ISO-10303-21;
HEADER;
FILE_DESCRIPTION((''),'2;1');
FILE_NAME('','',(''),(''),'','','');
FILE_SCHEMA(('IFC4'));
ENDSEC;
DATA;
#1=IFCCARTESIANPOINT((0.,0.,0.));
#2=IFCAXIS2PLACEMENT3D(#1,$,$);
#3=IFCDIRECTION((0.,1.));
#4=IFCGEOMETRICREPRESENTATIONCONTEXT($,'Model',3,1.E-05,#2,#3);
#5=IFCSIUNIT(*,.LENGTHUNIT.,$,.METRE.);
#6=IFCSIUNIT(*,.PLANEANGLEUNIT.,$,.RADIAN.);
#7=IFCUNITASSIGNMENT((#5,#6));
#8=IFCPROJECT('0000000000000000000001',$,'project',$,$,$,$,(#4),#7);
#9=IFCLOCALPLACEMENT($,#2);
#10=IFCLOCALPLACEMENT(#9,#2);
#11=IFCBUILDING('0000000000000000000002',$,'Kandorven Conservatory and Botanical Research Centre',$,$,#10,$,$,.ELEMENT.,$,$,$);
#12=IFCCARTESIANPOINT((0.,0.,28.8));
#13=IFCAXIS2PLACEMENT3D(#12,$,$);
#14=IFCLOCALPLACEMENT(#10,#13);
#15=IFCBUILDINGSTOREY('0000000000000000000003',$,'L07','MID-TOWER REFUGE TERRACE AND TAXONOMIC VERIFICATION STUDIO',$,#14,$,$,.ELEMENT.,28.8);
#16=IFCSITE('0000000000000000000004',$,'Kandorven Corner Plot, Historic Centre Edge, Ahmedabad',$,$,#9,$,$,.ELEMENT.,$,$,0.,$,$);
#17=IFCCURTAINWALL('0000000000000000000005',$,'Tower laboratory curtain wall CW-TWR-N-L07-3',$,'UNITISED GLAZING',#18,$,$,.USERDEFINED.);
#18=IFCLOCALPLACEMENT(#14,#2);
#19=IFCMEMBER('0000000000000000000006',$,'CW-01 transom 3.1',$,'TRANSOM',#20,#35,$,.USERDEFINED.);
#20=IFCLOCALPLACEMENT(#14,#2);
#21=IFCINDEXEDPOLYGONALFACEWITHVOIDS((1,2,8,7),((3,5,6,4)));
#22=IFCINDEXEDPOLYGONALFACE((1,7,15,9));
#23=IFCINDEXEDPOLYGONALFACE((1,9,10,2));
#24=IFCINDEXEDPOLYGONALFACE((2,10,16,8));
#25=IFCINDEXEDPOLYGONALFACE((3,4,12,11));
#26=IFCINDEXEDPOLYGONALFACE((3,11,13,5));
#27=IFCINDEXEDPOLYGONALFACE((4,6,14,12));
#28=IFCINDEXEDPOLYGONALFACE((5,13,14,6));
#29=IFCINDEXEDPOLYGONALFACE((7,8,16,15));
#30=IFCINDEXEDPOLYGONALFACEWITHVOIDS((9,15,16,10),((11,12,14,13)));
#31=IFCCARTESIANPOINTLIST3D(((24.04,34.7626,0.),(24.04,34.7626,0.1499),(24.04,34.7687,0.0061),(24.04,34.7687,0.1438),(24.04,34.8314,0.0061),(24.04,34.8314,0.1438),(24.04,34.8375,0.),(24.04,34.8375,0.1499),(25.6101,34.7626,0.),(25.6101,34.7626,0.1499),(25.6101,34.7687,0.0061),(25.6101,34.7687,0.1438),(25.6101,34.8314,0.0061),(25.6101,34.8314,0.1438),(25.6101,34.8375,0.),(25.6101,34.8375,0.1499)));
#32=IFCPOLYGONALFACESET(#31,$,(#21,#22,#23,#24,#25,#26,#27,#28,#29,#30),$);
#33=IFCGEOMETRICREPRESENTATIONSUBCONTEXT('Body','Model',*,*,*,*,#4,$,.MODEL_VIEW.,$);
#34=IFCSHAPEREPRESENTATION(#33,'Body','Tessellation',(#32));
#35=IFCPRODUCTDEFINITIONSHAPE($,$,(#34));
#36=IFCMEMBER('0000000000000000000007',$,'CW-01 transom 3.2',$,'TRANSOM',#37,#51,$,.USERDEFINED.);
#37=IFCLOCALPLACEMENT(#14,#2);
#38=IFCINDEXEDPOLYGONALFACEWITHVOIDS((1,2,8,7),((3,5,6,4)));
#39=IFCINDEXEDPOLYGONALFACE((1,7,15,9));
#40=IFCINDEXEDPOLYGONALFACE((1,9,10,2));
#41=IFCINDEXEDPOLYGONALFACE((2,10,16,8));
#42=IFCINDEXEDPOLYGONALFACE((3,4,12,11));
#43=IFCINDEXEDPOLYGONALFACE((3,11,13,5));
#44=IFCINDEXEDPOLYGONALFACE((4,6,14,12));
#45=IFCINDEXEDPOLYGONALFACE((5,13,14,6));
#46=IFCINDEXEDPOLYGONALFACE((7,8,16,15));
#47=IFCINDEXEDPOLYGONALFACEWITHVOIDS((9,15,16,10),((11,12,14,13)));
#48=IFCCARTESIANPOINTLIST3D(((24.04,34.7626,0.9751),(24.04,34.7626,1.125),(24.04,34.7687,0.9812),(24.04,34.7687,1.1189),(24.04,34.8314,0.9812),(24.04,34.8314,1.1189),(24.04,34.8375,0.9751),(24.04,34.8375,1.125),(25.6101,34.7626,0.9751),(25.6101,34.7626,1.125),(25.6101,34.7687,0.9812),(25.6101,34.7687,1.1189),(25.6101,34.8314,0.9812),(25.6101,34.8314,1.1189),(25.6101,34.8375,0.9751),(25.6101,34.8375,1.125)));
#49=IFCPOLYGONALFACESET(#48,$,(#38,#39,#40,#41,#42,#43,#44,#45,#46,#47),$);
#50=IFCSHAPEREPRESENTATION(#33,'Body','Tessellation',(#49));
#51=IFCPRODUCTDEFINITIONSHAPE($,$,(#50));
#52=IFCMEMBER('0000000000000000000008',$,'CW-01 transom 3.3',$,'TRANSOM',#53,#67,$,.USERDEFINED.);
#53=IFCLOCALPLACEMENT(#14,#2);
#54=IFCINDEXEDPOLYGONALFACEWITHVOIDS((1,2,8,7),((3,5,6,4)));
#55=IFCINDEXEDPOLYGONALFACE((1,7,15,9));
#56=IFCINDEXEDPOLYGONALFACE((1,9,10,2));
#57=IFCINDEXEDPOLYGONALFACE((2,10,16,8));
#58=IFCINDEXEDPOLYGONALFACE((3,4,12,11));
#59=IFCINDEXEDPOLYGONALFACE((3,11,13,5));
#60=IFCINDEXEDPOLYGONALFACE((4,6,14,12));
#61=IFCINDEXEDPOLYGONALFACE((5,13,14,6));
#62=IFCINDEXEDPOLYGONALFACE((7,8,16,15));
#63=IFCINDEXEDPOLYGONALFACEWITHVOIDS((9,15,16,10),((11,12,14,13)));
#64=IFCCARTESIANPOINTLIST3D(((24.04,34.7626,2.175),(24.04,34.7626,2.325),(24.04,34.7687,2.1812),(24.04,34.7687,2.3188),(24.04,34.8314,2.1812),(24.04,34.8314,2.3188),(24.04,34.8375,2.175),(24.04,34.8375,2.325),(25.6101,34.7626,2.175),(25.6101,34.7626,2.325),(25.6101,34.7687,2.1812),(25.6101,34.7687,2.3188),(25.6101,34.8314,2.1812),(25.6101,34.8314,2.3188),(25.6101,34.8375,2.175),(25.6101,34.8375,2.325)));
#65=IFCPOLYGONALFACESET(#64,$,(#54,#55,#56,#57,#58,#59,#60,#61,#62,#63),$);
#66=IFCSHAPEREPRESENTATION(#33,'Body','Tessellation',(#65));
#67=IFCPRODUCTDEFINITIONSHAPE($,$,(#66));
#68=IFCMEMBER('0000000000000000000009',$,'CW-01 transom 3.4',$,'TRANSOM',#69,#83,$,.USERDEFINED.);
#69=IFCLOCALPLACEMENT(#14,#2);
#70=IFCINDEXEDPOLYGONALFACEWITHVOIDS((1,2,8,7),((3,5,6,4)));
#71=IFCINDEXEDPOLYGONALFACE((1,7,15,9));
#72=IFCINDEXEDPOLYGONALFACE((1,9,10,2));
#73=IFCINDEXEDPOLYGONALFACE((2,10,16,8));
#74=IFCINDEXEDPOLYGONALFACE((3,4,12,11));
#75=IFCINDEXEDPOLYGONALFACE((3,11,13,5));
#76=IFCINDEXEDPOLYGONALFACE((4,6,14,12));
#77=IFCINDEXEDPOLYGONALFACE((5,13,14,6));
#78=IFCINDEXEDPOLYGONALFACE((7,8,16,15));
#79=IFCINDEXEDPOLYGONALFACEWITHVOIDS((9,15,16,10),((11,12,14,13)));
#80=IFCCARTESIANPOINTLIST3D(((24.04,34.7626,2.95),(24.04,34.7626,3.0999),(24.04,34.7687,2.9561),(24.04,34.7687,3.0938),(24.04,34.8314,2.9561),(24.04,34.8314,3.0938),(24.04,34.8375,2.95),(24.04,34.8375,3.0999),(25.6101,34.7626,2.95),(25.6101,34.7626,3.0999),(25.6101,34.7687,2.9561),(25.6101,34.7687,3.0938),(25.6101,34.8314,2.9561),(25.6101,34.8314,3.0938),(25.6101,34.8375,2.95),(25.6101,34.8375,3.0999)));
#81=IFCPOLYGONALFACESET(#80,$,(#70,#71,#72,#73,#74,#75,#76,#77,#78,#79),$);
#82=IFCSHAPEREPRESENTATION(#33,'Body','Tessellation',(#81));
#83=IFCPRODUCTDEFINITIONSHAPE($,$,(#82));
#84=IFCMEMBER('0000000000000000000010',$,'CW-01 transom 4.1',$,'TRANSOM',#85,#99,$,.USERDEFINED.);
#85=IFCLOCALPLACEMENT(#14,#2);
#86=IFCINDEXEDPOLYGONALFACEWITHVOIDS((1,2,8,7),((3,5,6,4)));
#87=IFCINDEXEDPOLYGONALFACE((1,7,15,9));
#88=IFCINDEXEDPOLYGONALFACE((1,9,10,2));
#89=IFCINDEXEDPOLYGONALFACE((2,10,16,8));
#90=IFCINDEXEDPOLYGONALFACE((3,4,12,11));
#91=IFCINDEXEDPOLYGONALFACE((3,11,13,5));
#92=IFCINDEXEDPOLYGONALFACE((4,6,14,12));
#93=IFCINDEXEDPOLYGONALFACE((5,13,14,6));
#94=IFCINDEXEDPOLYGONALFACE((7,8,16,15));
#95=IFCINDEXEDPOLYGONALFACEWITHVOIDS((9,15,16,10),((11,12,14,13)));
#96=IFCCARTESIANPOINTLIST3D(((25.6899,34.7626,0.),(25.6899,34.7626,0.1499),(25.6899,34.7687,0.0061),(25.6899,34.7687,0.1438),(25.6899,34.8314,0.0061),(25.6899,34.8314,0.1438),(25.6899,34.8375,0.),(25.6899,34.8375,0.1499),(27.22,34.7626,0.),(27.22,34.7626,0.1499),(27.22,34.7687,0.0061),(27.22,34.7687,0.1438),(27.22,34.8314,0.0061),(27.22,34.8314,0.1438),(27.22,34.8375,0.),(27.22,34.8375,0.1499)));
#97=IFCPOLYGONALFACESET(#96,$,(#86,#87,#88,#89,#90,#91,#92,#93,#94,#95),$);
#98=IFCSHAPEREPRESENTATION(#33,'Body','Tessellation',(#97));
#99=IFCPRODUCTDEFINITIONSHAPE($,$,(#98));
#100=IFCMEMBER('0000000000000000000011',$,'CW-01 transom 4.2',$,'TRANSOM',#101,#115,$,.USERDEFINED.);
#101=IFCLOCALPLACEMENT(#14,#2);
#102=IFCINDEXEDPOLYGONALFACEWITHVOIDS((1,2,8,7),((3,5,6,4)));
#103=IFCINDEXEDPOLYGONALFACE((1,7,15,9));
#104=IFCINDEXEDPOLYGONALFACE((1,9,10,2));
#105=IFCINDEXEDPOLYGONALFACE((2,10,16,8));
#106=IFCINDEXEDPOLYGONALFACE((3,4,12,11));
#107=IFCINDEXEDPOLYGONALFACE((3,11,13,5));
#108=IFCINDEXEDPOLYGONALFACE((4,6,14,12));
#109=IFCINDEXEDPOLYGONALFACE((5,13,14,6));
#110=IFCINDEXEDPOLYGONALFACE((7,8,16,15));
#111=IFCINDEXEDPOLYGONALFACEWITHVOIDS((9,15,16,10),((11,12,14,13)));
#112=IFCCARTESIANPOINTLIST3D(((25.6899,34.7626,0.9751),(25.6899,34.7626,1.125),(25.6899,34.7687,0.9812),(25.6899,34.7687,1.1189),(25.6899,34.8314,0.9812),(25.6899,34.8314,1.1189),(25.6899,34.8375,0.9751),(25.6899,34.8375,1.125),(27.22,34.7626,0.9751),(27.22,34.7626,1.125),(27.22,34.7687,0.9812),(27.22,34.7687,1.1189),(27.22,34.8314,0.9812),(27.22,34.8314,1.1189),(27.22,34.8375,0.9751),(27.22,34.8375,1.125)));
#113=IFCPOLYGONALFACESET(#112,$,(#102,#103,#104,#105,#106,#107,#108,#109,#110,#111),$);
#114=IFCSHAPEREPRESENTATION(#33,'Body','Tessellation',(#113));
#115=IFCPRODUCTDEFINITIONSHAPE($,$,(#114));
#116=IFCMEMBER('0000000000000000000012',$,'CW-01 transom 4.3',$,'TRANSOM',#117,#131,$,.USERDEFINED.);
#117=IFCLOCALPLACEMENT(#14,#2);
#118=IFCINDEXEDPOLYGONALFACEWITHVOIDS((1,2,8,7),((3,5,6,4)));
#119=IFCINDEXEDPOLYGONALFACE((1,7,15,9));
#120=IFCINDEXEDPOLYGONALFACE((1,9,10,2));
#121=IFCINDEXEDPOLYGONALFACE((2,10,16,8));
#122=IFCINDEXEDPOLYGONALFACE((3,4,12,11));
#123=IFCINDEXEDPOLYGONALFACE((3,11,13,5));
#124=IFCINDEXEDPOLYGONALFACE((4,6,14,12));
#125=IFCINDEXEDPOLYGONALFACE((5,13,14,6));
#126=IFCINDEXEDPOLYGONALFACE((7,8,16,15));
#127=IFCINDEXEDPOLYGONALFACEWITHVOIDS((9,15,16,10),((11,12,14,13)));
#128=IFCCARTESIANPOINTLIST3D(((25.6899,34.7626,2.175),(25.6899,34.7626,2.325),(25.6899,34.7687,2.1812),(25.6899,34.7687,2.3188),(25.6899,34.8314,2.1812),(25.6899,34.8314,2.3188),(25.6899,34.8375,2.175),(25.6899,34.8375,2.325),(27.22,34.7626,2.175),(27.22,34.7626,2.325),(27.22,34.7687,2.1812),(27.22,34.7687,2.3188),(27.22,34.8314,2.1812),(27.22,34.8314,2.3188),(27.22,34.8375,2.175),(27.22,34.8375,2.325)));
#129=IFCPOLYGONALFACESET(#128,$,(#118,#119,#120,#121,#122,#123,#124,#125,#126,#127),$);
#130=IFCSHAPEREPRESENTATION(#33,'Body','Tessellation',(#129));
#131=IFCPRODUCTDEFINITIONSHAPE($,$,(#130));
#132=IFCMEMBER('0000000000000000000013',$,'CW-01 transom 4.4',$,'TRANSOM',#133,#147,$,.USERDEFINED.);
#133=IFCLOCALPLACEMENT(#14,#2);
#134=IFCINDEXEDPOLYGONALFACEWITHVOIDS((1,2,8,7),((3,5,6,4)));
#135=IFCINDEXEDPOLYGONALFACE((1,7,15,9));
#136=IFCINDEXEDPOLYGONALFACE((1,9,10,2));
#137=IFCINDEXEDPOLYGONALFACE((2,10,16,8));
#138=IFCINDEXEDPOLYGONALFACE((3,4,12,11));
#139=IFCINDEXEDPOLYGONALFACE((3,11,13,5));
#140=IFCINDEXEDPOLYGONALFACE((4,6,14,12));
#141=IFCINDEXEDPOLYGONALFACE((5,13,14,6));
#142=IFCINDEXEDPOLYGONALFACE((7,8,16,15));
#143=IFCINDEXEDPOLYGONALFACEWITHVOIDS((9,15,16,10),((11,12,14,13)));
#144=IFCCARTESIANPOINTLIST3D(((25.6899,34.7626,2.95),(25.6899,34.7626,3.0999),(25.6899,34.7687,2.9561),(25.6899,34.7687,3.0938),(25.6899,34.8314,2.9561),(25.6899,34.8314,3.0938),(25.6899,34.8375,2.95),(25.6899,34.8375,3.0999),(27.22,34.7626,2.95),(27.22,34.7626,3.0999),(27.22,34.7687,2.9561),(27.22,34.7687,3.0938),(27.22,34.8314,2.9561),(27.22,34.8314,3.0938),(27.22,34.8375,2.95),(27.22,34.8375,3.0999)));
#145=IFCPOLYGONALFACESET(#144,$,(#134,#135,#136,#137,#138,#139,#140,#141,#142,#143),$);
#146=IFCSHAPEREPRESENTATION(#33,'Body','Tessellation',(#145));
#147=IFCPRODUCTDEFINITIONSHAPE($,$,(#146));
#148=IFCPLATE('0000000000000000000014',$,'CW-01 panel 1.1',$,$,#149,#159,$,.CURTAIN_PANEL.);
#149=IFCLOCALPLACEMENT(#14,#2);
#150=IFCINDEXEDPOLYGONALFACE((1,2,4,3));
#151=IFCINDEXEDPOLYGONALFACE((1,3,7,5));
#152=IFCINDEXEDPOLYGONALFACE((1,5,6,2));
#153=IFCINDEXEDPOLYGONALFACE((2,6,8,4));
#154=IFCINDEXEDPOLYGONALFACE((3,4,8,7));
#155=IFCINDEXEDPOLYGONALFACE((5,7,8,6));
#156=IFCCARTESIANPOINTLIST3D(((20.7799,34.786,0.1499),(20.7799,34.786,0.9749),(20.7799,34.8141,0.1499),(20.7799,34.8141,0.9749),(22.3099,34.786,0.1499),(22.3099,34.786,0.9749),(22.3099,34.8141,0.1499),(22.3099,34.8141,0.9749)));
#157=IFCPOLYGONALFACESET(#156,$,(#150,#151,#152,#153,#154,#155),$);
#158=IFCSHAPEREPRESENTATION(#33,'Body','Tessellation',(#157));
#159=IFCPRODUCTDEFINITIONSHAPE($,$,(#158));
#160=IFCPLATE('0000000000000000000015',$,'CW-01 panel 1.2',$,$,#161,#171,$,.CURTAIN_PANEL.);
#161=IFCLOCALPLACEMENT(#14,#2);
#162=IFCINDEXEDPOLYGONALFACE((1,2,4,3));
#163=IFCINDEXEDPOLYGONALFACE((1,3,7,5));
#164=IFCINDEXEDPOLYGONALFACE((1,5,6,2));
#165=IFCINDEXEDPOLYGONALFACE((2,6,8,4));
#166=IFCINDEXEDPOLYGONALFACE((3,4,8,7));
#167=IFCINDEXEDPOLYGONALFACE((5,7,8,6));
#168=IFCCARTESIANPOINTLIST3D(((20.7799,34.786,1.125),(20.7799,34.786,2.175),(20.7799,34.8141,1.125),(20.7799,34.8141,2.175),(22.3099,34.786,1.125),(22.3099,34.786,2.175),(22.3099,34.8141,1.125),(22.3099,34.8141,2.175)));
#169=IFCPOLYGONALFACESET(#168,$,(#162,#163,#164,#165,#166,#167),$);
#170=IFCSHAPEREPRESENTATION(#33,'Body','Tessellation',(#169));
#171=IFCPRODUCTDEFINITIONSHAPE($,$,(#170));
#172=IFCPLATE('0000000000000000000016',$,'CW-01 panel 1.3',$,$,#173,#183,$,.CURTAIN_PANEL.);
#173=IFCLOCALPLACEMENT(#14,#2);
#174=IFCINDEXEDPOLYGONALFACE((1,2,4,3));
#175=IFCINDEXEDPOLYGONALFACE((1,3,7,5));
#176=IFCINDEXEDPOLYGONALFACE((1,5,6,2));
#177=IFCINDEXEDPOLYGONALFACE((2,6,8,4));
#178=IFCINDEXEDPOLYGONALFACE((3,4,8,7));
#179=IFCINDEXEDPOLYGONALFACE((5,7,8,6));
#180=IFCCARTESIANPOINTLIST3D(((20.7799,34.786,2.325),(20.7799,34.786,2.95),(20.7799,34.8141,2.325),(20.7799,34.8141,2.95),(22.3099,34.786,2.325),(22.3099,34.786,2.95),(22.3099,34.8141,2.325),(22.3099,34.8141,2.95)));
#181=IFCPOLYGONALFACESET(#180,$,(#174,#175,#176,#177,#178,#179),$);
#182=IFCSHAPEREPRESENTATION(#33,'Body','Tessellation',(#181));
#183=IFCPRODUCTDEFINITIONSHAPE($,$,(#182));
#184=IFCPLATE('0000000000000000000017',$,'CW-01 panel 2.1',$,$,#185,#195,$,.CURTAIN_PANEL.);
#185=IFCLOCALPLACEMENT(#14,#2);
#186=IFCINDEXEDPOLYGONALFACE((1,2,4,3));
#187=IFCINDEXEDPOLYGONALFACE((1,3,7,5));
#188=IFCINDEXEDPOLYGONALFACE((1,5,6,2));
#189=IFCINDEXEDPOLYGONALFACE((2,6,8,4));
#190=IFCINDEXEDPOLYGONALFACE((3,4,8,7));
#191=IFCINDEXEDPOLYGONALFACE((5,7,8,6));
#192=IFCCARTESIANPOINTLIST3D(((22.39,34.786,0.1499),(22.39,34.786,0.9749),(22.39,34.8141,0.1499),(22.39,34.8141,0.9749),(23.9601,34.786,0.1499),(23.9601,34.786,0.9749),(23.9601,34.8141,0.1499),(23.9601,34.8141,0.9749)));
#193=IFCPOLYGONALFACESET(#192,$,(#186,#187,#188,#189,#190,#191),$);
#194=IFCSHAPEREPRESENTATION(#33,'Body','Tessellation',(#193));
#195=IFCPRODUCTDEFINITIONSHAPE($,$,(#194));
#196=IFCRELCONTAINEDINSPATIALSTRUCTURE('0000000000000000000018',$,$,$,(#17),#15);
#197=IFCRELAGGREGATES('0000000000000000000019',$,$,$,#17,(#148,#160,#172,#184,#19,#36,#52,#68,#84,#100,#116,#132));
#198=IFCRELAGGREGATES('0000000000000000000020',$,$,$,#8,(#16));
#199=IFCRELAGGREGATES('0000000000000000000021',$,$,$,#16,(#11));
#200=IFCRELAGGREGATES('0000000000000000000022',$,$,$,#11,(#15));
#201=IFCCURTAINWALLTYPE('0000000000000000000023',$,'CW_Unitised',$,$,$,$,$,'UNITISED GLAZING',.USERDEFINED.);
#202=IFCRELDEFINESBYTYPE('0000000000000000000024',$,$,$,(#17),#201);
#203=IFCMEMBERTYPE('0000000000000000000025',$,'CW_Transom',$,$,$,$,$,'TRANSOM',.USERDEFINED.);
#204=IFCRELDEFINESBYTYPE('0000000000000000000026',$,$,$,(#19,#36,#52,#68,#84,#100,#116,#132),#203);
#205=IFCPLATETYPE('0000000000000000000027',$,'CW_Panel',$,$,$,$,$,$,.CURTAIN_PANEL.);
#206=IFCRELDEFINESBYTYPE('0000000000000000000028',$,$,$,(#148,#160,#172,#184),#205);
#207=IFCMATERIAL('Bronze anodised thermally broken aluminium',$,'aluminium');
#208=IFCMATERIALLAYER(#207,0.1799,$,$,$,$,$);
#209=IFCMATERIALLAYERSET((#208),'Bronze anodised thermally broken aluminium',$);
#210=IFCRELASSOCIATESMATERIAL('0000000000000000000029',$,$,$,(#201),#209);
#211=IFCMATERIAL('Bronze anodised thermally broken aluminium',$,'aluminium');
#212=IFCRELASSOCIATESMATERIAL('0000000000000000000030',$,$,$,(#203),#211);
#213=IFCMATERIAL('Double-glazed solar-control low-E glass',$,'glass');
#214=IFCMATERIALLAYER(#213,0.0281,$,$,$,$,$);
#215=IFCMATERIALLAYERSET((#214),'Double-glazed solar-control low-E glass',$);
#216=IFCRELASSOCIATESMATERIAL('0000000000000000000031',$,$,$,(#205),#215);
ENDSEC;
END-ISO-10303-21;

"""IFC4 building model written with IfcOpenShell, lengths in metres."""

from ifc_helpers import new_model, si_unit, direction, frame, origin, origin_2d, place, context, subcontext, project, spatial, rectangle, hollow_rectangle, extrude, material, layer, layer_set, material_profile, profile_set, type_object, element, aggregate, save


model = new_model("IFC4")

# Units and contexts
model_context = context("Model", 3, precision=1e-05, world=origin(), true_north=direction((0.0, 1.0)))
body_context = subcontext(model_context, "Body", "Model", "MODEL_VIEW")
ifc_project = project(units=[si_unit("LENGTHUNIT", "METRE"), si_unit("PLANEANGLEUNIT", "RADIAN")], contexts=[model_context])

# Site, building, storey
site_placement = place(None, origin())
site = spatial("IfcSite", under=ifc_project, at=site_placement, Name="Kandorven Corner Plot, Historic Centre Edge, Ahmedabad", CompositionType="ELEMENT", RefElevation=0.0)
building_placement = place(site_placement, origin())
building = spatial("IfcBuilding", under=site, at=building_placement, Name="Kandorven Conservatory and Botanical Research Centre", CompositionType="ELEMENT")
storey_placement = place(building_placement, frame((0.0, 0.0, 28.8)))
storey = spatial("IfcBuildingStorey", under=building, at=storey_placement, Name="L07", Description="MID-TOWER REFUGE TERRACE AND TAXONOMIC VERIFICATION STUDIO", CompositionType="ELEMENT", Elevation=28.8)

# Curtain wall, members, plates
ifc_material_1 = material(Name="Bronze anodised thermally broken aluminium", Category="aluminium")
ifc_layer_1 = layer(ifc_material_1, 0.1799)
ifc_layer_set_1 = layer_set([ifc_layer_1], Name="Bronze anodised thermally broken aluminium")
curtain_wall_type = type_object("IfcCurtainWallType", Name="CW_Unitised", ElementType="UNITISED GLAZING", PredefinedType="USERDEFINED", material=ifc_layer_set_1)
curtain_wall_placement = place(storey_placement, origin())
curtain_wall = element("IfcCurtainWall", 1, at=curtain_wall_placement, inside=storey, type_object=curtain_wall_type, Name="Tower laboratory curtain wall CW-TWR-N-L07-3", ObjectType="UNITISED GLAZING", PredefinedType="USERDEFINED")
ifc_material_2 = material(Name="Bronze anodised thermally broken aluminium", Category="aluminium")
ifc_material_profile_1 = material_profile(ifc_material_2, hollow_rectangle(XDim=0.075, YDim=0.1499, WallThickness=0.0061, at=origin_2d()))
ifc_profile_set_1 = profile_set([ifc_material_profile_1], Name="Bronze anodised thermally broken aluminium")
member_type_1 = type_object("IfcMemberType", Name="CW_Transom", ElementType="TRANSOM", PredefinedType="USERDEFINED", material=ifc_profile_set_1)
member_1_placement = place(storey_placement, frame((24.04, 34.8, 0.075), z_axis=(1.0, 0.0, 0.0), x_axis=(0.0, 1.0, 0.0)))
member_1 = element("IfcMember", 2, at=member_1_placement, type_object=member_type_1, Name="CW-01 transom 3.1", ObjectType="TRANSOM", PredefinedType="USERDEFINED", context=body_context, shape_type="SweptSolid", body=[
    extrude(hollow_rectangle(XDim=0.075, YDim=0.1499, WallThickness=0.0061, at=origin_2d()), origin(), (0.0, 0.0, 1.0), 1.5701),
])
member_2_placement = place(storey_placement, frame((24.04, 34.8, 1.05), z_axis=(1.0, 0.0, 0.0), x_axis=(0.0, 1.0, 0.0)))
member_2 = element("IfcMember", 3, at=member_2_placement, type_object=member_type_1, Name="CW-01 transom 3.2", ObjectType="TRANSOM", PredefinedType="USERDEFINED", context=body_context, shape_type="SweptSolid", body=[
    extrude(hollow_rectangle(XDim=0.075, YDim=0.1499, WallThickness=0.0061, at=origin_2d()), origin(), (0.0, 0.0, 1.0), 1.5701),
])
member_3_placement = place(storey_placement, frame((24.04, 34.8, 2.25), z_axis=(1.0, 0.0, 0.0), x_axis=(0.0, 1.0, 0.0)))
member_3 = element("IfcMember", 4, at=member_3_placement, type_object=member_type_1, Name="CW-01 transom 3.3", ObjectType="TRANSOM", PredefinedType="USERDEFINED", context=body_context, shape_type="SweptSolid", body=[
    extrude(hollow_rectangle(XDim=0.075, YDim=0.1499, WallThickness=0.0061, at=origin_2d()), origin(), (0.0, 0.0, 1.0), 1.5701),
])
member_4_placement = place(storey_placement, frame((24.04, 34.8, 3.0249), z_axis=(1.0, 0.0, 0.0), x_axis=(0.0, 1.0, 0.0)))
member_4 = element("IfcMember", 5, at=member_4_placement, type_object=member_type_1, Name="CW-01 transom 3.4", ObjectType="TRANSOM", PredefinedType="USERDEFINED", context=body_context, shape_type="SweptSolid", body=[
    extrude(hollow_rectangle(XDim=0.075, YDim=0.1499, WallThickness=0.0061, at=origin_2d()), origin(), (0.0, 0.0, 1.0), 1.5701),
])
member_5_placement = place(storey_placement, frame((25.6899, 34.8, 0.075), z_axis=(1.0, 0.0, 0.0), x_axis=(0.0, 1.0, 0.0)))
member_5 = element("IfcMember", 6, at=member_5_placement, type_object=member_type_1, Name="CW-01 transom 4.1", ObjectType="TRANSOM", PredefinedType="USERDEFINED", context=body_context, shape_type="SweptSolid", body=[
    extrude(hollow_rectangle(XDim=0.075, YDim=0.1499, WallThickness=0.0061, at=origin_2d()), origin(), (0.0, 0.0, 1.0), 1.53),
])
member_6_placement = place(storey_placement, frame((25.6899, 34.8, 1.05), z_axis=(1.0, 0.0, 0.0), x_axis=(0.0, 1.0, 0.0)))
member_6 = element("IfcMember", 7, at=member_6_placement, type_object=member_type_1, Name="CW-01 transom 4.2", ObjectType="TRANSOM", PredefinedType="USERDEFINED", context=body_context, shape_type="SweptSolid", body=[
    extrude(hollow_rectangle(XDim=0.075, YDim=0.1499, WallThickness=0.0061, at=origin_2d()), origin(), (0.0, 0.0, 1.0), 1.53),
])
member_7_placement = place(storey_placement, frame((25.6899, 34.8, 2.25), z_axis=(1.0, 0.0, 0.0), x_axis=(0.0, 1.0, 0.0)))
member_7 = element("IfcMember", 8, at=member_7_placement, type_object=member_type_1, Name="CW-01 transom 4.3", ObjectType="TRANSOM", PredefinedType="USERDEFINED", context=body_context, shape_type="SweptSolid", body=[
    extrude(hollow_rectangle(XDim=0.075, YDim=0.1499, WallThickness=0.0061, at=origin_2d()), origin(), (0.0, 0.0, 1.0), 1.53),
])
member_8_placement = place(storey_placement, frame((25.6899, 34.8, 3.0249), z_axis=(1.0, 0.0, 0.0), x_axis=(0.0, 1.0, 0.0)))
member_8 = element("IfcMember", 9, at=member_8_placement, type_object=member_type_1, Name="CW-01 transom 4.4", ObjectType="TRANSOM", PredefinedType="USERDEFINED", context=body_context, shape_type="SweptSolid", body=[
    extrude(hollow_rectangle(XDim=0.075, YDim=0.1499, WallThickness=0.0061, at=origin_2d()), origin(), (0.0, 0.0, 1.0), 1.53),
])
ifc_material_3 = material(Name="Double-glazed solar-control low-E glass", Category="glass")
ifc_layer_2 = layer(ifc_material_3, 0.0281)
ifc_layer_set_2 = layer_set([ifc_layer_2], Name="Double-glazed solar-control low-E glass")
plate_type = type_object("IfcPlateType", Name="CW_Panel", PredefinedType="CURTAIN_PANEL", material=ifc_layer_set_2)
plate_1_placement = place(storey_placement, frame((21.5449, 34.8, 0.1499), z_axis=(0.0, 0.0, 1.0), x_axis=(1.0, 0.0, 0.0)))
plate_1 = element("IfcPlate", 10, at=plate_1_placement, type_object=plate_type, Name="CW-01 panel 1.1", PredefinedType="CURTAIN_PANEL", context=body_context, shape_type="SweptSolid", body=[
    extrude(rectangle(XDim=1.53, YDim=0.0281, at=origin_2d()), origin(), (0.0, 0.0, 1.0), 0.825),
])
plate_2_placement = place(storey_placement, frame((21.5449, 34.8, 1.125), z_axis=(0.0, 0.0, 1.0), x_axis=(1.0, 0.0, 0.0)))
plate_2 = element("IfcPlate", 11, at=plate_2_placement, type_object=plate_type, Name="CW-01 panel 1.2", PredefinedType="CURTAIN_PANEL", context=body_context, shape_type="SweptSolid", body=[
    extrude(rectangle(XDim=1.53, YDim=0.0281, at=origin_2d()), origin(), (0.0, 0.0, 1.0), 1.05),
])
plate_3_placement = place(storey_placement, frame((21.5449, 34.8, 2.325), z_axis=(0.0, 0.0, 1.0), x_axis=(1.0, 0.0, 0.0)))
plate_3 = element("IfcPlate", 12, at=plate_3_placement, type_object=plate_type, Name="CW-01 panel 1.3", PredefinedType="CURTAIN_PANEL", context=body_context, shape_type="SweptSolid", body=[
    extrude(rectangle(XDim=1.53, YDim=0.0281, at=origin_2d()), origin(), (0.0, 0.0, 1.0), 0.625),
])
plate_4_placement = place(storey_placement, frame((23.175, 34.8, 0.1499), z_axis=(0.0, 0.0, 1.0), x_axis=(1.0, 0.0, 0.0)))
plate_4 = element("IfcPlate", 13, at=plate_4_placement, type_object=plate_type, Name="CW-01 panel 2.1", PredefinedType="CURTAIN_PANEL", context=body_context, shape_type="SweptSolid", body=[
    extrude(rectangle(XDim=1.5701, YDim=0.0281, at=origin_2d()), origin(), (0.0, 0.0, 1.0), 0.825),
])
aggregate(curtain_wall, [plate_1, plate_2, plate_3, plate_4, member_1, member_2, member_3, member_4, member_5, member_6, member_7, member_8])

save(model, "model.ifc")
